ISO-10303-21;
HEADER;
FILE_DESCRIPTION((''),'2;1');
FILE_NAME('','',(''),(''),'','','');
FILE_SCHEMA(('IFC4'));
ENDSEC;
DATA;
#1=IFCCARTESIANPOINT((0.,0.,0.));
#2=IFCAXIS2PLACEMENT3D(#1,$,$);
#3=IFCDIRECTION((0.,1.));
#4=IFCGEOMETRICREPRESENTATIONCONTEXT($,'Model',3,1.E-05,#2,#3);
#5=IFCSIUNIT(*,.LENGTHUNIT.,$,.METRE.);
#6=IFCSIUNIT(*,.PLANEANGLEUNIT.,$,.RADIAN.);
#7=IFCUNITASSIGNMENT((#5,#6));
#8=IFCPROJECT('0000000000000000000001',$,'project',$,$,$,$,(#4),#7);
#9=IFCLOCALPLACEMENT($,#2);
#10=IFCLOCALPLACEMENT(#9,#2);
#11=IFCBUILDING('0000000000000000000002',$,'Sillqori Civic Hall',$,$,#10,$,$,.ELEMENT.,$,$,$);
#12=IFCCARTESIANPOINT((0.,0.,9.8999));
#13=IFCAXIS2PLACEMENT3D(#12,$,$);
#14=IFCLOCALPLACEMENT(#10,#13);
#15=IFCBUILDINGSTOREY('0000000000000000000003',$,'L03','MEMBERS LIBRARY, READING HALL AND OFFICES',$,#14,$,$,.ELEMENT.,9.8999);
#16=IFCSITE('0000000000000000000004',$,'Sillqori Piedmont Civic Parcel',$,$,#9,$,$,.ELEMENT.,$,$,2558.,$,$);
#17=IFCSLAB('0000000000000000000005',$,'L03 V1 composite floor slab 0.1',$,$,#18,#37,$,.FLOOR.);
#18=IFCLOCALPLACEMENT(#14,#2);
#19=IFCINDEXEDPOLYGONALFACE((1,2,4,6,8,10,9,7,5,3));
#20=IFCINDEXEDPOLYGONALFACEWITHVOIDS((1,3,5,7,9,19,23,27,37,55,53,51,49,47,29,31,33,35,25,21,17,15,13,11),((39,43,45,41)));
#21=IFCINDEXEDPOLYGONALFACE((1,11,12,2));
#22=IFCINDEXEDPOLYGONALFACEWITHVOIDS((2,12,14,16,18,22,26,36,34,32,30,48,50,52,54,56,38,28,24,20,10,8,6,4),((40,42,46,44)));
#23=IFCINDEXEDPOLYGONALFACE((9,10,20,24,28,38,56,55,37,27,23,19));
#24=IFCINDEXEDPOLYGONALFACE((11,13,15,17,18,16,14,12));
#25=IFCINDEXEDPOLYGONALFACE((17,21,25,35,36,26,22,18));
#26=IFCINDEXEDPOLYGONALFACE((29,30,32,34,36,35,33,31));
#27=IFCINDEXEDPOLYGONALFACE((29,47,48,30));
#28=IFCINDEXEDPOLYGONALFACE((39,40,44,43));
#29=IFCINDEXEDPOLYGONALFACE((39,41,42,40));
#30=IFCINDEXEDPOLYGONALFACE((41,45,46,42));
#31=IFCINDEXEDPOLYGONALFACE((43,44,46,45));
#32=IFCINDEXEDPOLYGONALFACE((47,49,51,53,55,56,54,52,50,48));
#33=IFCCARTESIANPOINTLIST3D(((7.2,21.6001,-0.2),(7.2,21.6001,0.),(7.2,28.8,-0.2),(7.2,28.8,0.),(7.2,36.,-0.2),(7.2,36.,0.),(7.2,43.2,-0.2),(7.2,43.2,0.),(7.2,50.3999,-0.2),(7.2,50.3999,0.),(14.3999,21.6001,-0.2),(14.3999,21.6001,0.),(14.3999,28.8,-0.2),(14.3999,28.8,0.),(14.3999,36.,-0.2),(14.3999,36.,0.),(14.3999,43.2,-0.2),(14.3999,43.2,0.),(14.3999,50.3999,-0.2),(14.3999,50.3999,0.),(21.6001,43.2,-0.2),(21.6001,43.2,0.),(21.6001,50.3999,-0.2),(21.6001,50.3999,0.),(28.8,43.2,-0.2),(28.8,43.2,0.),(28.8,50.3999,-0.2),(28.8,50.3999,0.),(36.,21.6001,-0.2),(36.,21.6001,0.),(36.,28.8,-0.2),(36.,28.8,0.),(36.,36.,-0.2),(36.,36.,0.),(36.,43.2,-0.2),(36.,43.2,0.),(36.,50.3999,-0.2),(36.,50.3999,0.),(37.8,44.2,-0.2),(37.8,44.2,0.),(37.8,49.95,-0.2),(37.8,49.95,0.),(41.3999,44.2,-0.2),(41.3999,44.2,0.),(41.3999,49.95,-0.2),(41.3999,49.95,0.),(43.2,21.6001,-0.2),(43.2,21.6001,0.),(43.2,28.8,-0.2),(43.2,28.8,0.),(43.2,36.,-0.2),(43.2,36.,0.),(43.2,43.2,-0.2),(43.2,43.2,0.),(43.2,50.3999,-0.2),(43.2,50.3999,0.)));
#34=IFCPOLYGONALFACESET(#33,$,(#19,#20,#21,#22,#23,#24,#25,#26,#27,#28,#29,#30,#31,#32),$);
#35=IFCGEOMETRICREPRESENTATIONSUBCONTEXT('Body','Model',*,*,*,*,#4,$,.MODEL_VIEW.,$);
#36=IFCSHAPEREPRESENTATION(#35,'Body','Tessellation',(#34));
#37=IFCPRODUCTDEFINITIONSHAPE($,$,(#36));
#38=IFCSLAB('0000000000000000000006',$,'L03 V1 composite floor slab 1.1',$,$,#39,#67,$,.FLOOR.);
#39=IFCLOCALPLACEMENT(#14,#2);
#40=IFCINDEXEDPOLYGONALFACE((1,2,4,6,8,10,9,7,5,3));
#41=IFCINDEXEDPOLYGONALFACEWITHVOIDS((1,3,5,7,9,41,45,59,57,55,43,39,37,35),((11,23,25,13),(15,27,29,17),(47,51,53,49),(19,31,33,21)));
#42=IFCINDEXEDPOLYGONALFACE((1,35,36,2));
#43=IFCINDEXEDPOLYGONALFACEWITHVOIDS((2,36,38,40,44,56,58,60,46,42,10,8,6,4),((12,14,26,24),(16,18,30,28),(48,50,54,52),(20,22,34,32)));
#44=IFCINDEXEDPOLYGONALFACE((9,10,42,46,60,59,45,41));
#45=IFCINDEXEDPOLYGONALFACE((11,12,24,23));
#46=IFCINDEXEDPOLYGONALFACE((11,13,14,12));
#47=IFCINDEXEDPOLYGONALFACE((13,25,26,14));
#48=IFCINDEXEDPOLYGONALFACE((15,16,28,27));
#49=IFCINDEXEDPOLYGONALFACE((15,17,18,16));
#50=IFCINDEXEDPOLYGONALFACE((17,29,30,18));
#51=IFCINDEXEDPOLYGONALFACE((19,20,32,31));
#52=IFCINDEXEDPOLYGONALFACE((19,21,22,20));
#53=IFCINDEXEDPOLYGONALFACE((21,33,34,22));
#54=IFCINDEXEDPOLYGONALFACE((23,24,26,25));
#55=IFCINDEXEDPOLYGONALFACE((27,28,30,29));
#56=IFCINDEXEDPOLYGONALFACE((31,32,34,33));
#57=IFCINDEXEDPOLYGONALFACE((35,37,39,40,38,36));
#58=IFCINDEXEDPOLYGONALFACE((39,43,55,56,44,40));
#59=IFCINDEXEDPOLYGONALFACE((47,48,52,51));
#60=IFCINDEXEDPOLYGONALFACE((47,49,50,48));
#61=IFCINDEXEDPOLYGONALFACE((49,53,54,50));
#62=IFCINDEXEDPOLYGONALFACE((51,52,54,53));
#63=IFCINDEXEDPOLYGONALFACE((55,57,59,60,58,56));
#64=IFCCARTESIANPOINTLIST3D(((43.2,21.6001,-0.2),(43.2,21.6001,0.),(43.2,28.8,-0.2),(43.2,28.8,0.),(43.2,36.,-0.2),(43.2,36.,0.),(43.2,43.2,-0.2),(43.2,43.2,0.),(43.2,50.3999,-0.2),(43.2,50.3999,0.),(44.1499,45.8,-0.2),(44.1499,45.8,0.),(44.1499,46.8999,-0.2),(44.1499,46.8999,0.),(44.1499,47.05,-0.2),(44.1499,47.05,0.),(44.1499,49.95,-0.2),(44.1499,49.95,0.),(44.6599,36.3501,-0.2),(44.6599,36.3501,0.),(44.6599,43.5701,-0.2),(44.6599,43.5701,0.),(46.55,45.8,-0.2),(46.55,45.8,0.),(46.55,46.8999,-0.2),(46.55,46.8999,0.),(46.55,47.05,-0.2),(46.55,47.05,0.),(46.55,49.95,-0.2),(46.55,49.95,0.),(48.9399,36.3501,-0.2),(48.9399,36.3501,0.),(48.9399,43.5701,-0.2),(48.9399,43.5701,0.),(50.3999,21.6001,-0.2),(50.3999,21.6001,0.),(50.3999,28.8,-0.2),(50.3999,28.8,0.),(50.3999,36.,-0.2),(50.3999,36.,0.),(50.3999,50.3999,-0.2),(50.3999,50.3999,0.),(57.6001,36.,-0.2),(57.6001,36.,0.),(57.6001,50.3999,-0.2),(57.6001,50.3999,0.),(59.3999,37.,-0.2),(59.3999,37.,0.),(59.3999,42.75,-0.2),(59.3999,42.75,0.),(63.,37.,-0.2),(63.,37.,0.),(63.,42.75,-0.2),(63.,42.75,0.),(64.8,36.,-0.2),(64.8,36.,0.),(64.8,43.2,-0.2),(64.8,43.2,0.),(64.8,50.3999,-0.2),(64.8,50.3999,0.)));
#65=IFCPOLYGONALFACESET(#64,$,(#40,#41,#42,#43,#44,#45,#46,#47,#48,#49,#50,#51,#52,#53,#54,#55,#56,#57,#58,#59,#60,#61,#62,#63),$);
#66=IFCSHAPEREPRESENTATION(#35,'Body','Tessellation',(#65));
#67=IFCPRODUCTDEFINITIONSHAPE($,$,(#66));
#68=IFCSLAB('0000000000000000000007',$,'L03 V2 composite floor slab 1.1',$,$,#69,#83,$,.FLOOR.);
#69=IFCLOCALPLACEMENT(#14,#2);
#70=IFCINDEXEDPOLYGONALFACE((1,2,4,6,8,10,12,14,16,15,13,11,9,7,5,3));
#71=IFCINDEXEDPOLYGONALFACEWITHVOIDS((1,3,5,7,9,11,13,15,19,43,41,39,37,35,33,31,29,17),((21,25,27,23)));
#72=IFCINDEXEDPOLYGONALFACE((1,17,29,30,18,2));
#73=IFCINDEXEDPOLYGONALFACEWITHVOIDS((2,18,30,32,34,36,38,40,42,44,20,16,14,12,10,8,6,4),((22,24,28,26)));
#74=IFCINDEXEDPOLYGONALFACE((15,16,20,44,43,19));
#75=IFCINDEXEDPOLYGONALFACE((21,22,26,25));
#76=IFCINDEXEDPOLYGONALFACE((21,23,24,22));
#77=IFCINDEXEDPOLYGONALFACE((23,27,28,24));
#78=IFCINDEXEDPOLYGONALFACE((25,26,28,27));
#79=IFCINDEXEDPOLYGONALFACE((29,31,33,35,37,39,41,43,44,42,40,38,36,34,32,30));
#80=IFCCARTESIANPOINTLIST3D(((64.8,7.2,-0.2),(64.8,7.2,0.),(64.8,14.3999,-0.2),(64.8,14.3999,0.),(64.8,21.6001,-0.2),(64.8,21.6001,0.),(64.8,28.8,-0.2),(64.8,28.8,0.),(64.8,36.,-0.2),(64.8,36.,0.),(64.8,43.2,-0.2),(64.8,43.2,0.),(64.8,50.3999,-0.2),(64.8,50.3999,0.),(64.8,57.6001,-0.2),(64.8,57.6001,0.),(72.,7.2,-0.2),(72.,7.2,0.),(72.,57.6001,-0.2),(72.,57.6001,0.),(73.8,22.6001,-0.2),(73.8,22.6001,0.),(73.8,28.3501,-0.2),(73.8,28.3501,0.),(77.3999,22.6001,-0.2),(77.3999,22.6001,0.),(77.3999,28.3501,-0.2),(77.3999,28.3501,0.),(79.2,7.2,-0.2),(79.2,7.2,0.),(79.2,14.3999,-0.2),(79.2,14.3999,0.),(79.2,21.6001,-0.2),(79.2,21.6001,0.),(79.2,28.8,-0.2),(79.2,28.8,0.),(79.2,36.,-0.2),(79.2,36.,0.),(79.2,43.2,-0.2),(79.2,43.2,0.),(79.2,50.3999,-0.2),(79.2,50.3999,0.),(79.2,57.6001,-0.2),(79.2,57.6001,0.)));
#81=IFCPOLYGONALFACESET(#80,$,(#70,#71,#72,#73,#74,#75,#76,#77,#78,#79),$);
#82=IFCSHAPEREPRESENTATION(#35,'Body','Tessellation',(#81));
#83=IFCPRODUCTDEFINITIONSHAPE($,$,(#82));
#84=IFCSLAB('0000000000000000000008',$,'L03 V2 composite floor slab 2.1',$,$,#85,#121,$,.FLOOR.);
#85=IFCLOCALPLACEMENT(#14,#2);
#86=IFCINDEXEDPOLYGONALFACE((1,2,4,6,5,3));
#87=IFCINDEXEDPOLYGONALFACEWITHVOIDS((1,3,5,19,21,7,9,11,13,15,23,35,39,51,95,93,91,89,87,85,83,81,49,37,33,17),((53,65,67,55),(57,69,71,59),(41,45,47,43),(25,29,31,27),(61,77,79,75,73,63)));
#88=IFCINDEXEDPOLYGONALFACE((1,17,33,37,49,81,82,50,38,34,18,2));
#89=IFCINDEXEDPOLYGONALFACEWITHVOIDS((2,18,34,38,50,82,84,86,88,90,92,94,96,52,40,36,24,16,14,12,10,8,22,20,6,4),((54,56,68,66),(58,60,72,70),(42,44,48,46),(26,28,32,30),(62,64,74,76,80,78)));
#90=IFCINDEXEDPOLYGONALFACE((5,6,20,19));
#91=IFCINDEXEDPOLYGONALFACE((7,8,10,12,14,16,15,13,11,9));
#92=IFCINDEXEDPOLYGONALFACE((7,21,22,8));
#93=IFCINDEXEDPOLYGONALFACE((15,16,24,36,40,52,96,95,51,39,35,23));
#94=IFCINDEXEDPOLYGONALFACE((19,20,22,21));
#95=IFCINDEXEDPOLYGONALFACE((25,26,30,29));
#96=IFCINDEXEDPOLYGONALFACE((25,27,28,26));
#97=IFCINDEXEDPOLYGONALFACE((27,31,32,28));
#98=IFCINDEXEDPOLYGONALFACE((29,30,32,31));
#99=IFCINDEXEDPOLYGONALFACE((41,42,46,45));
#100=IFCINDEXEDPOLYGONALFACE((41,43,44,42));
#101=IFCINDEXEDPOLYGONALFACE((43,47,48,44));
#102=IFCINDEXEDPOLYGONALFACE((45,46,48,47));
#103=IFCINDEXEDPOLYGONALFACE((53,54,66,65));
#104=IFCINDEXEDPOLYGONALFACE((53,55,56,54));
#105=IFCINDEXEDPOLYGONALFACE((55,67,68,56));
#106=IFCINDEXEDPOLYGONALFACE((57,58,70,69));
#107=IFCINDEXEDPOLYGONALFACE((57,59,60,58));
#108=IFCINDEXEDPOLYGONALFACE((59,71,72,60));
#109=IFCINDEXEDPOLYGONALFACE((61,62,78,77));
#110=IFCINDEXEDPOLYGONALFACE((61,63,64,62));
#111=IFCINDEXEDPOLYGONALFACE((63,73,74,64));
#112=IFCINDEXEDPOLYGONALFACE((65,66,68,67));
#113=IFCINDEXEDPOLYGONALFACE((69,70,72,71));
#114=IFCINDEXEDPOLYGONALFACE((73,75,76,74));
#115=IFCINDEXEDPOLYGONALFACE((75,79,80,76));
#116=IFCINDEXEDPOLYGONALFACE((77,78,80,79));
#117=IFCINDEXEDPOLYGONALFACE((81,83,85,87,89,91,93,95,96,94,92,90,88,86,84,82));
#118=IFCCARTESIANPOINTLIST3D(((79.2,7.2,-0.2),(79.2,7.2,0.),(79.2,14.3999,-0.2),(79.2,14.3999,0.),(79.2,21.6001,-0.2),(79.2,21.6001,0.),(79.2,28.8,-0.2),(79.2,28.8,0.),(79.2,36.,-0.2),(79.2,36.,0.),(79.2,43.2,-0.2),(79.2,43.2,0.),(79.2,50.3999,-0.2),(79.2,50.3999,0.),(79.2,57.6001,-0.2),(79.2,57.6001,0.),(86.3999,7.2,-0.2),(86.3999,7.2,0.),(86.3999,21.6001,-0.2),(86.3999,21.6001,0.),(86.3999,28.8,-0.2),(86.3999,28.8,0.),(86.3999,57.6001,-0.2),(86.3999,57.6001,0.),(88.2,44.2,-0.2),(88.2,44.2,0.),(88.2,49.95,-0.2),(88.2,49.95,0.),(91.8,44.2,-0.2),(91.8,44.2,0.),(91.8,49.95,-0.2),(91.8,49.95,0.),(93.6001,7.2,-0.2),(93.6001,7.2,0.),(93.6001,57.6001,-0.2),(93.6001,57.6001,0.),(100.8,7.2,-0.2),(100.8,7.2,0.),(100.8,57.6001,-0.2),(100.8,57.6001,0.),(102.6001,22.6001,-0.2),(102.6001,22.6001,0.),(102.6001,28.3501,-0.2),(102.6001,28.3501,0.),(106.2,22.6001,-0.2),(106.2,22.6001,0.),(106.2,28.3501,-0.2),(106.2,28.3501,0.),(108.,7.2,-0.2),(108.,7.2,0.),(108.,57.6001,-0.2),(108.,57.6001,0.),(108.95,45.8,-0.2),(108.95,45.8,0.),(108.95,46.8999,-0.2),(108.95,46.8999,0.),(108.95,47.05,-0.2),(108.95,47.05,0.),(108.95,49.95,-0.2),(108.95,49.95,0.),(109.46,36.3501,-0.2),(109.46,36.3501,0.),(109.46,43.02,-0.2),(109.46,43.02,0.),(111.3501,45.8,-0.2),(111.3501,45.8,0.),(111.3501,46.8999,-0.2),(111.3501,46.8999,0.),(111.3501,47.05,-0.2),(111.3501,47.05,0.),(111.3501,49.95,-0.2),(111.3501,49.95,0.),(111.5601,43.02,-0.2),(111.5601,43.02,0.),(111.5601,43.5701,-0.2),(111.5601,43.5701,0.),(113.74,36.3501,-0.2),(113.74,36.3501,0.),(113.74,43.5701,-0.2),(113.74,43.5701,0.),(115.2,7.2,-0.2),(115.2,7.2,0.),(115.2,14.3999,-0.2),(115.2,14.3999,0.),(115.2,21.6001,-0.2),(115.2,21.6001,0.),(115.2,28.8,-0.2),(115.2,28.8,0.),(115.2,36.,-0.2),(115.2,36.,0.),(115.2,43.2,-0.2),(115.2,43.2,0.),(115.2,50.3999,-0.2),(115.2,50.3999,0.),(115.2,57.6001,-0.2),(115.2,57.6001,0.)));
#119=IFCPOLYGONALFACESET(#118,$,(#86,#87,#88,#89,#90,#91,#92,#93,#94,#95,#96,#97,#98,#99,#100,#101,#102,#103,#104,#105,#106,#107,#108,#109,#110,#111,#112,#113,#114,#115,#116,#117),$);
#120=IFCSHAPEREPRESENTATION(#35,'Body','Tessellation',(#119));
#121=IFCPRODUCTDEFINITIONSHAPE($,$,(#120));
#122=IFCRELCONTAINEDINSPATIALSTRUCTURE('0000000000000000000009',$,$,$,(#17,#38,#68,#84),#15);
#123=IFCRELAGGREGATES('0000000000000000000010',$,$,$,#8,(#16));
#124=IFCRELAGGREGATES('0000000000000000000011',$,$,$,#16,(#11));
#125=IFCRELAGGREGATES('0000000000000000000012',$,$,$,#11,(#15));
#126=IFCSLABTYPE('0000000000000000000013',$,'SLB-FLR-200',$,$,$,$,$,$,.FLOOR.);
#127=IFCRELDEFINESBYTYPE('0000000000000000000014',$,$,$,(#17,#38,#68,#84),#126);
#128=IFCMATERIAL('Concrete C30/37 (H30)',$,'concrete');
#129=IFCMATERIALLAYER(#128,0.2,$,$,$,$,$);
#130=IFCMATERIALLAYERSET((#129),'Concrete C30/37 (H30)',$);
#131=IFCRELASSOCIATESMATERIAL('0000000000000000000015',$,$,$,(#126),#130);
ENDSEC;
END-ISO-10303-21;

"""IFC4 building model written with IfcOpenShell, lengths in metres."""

from ifc_helpers import new_model, si_unit, direction, frame, origin, place, context, subcontext, project, spatial, polyline, outline, extrude, material, layer, layer_set, type_object, element, save


model = new_model("IFC4")

# Units and contexts
model_context = context("Model", 3, precision=1e-05, world=origin(), true_north=direction((0.0, 1.0)))
body_context = subcontext(model_context, "Body", "Model", "MODEL_VIEW")
ifc_project = project(units=[si_unit("LENGTHUNIT", "METRE"), si_unit("PLANEANGLEUNIT", "RADIAN")], contexts=[model_context])

# Site, building, storey
site_placement = place(None, origin())
site = spatial("IfcSite", under=ifc_project, at=site_placement, Name="Sillqori Piedmont Civic Parcel", CompositionType="ELEMENT", RefElevation=2558.0)
building_placement = place(site_placement, origin())
building = spatial("IfcBuilding", under=site, at=building_placement, Name="Sillqori Civic Hall", CompositionType="ELEMENT")
storey_placement = place(building_placement, frame((0.0, 0.0, 9.8999)))
storey = spatial("IfcBuildingStorey", under=building, at=storey_placement, Name="L03", Description="MEMBERS LIBRARY, READING HALL AND OFFICES", CompositionType="ELEMENT", Elevation=9.8999)

# Slabs
ifc_material_1 = material(Name="Concrete C30/37 (H30)", Category="concrete")
ifc_layer_1 = layer(ifc_material_1, 0.2)
ifc_layer_set_1 = layer_set([ifc_layer_1], Name="Concrete C30/37 (H30)")
slab_type_1 = type_object("IfcSlabType", Name="SLB-FLR-200", PredefinedType="FLOOR", material=ifc_layer_set_1)
slab_1_placement = place(storey_placement, frame((0.0, 0.0, -0.2)))
element("IfcSlab", 1, at=slab_1_placement, inside=storey, type_object=slab_type_1, Name="L03 V1 composite floor slab 0.1", PredefinedType="FLOOR", context=body_context, shape_type="SweptSolid", body=[
    extrude(outline(polyline([(7.2, 36.0), (7.2, 43.2), (7.2, 50.3999), (14.3999, 50.3999), (21.6001, 50.3999), (28.8, 50.3999), (36.0, 50.3999), (43.2, 50.3999), (43.2, 43.2), (43.2, 36.0), (43.2, 28.8), (43.2, 21.6001), (36.0, 21.6001), (36.0, 28.8), (36.0, 36.0), (36.0, 43.2), (28.8, 43.2), (21.6001, 43.2), (14.3999, 43.2), (14.3999, 36.0), (14.3999, 28.8), (14.3999, 21.6001), (7.2, 21.6001), (7.2, 28.8), (7.2, 36.0)]), holes=[polyline([(41.3999, 44.2), (41.3999, 49.95), (37.8, 49.95), (37.8, 44.2), (41.3999, 44.2)])]), origin(), (0.0, 0.0, 1.0), 0.2),
])
slab_2_placement = place(storey_placement, frame((0.0, 0.0, -0.2)))
element("IfcSlab", 2, at=slab_2_placement, inside=storey, type_object=slab_type_1, Name="L03 V1 composite floor slab 1.1", PredefinedType="FLOOR", context=body_context, shape_type="SweptSolid", body=[
    extrude(outline(polyline([(43.2, 36.0), (43.2, 43.2), (43.2, 50.3999), (50.3999, 50.3999), (57.6001, 50.3999), (64.8, 50.3999), (64.8, 43.2), (64.8, 36.0), (57.6001, 36.0), (50.3999, 36.0), (50.3999, 28.8), (50.3999, 21.6001), (43.2, 21.6001), (43.2, 28.8), (43.2, 36.0)]), holes=[polyline([(63.0, 37.0), (63.0, 42.75), (59.3999, 42.75), (59.3999, 37.0), (63.0, 37.0)]), polyline([(48.9399, 36.3501), (48.9399, 43.5701), (44.6599, 43.5701), (44.6599, 36.3501), (48.9399, 36.3501)]), polyline([(46.55, 45.8), (46.55, 46.8999), (44.1499, 46.8999), (44.1499, 45.8), (46.55, 45.8)]), polyline([(46.55, 47.05), (46.55, 49.95), (44.1499, 49.95), (44.1499, 47.05), (46.55, 47.05)])]), origin(), (0.0, 0.0, 1.0), 0.2),
])
slab_3_placement = place(storey_placement, frame((0.0, 0.0, -0.2)))
element("IfcSlab", 3, at=slab_3_placement, inside=storey, type_object=slab_type_1, Name="L03 V2 composite floor slab 1.1", PredefinedType="FLOOR", context=body_context, shape_type="SweptSolid", body=[
    extrude(outline(polyline([(64.8, 21.6001), (64.8, 28.8), (64.8, 36.0), (64.8, 43.2), (64.8, 50.3999), (64.8, 57.6001), (72.0, 57.6001), (79.2, 57.6001), (79.2, 50.3999), (79.2, 43.2), (79.2, 36.0), (79.2, 28.8), (79.2, 21.6001), (79.2, 14.3999), (79.2, 7.2), (72.0, 7.2), (64.8, 7.2), (64.8, 14.3999), (64.8, 21.6001)]), holes=[polyline([(77.3999, 28.3501), (73.8, 28.3501), (73.8, 22.6001), (77.3999, 22.6001), (77.3999, 28.3501)])]), origin(), (0.0, 0.0, 1.0), 0.2),
])
slab_4_placement = place(storey_placement, frame((0.0, 0.0, -0.2)))
element("IfcSlab", 4, at=slab_4_placement, inside=storey, type_object=slab_type_1, Name="L03 V2 composite floor slab 2.1", PredefinedType="FLOOR", context=body_context, shape_type="SweptSolid", body=[
    extrude(outline(polyline([(79.2, 28.8), (79.2, 36.0), (79.2, 43.2), (79.2, 50.3999), (79.2, 57.6001), (86.3999, 57.6001), (93.6001, 57.6001), (100.8, 57.6001), (108.0, 57.6001), (115.2, 57.6001), (115.2, 50.3999), (115.2, 43.2), (115.2, 36.0), (115.2, 28.8), (115.2, 21.6001), (115.2, 14.3999), (115.2, 7.2), (108.0, 7.2), (100.8, 7.2), (93.6001, 7.2), (86.3999, 7.2), (79.2, 7.2), (79.2, 14.3999), (79.2, 21.6001), (86.3999, 21.6001), (86.3999, 28.8), (79.2, 28.8)]), holes=[polyline([(106.2, 22.6001), (106.2, 28.3501), (102.6001, 28.3501), (102.6001, 22.6001), (106.2, 22.6001)]), polyline([(111.5601, 43.02), (109.46, 43.02), (109.46, 36.3501), (113.74, 36.3501), (113.74, 43.5701), (111.5601, 43.5701), (111.5601, 43.02)]), polyline([(111.3501, 45.8), (111.3501, 46.8999), (108.95, 46.8999), (108.95, 45.8), (111.3501, 45.8)]), polyline([(91.8, 44.2), (91.8, 49.95), (88.2, 49.95), (88.2, 44.2), (91.8, 44.2)]), polyline([(111.3501, 47.05), (111.3501, 49.95), (108.95, 49.95), (108.95, 47.05), (111.3501, 47.05)])]), origin(), (0.0, 0.0, 1.0), 0.2),
])

save(model, "model.ifc")
